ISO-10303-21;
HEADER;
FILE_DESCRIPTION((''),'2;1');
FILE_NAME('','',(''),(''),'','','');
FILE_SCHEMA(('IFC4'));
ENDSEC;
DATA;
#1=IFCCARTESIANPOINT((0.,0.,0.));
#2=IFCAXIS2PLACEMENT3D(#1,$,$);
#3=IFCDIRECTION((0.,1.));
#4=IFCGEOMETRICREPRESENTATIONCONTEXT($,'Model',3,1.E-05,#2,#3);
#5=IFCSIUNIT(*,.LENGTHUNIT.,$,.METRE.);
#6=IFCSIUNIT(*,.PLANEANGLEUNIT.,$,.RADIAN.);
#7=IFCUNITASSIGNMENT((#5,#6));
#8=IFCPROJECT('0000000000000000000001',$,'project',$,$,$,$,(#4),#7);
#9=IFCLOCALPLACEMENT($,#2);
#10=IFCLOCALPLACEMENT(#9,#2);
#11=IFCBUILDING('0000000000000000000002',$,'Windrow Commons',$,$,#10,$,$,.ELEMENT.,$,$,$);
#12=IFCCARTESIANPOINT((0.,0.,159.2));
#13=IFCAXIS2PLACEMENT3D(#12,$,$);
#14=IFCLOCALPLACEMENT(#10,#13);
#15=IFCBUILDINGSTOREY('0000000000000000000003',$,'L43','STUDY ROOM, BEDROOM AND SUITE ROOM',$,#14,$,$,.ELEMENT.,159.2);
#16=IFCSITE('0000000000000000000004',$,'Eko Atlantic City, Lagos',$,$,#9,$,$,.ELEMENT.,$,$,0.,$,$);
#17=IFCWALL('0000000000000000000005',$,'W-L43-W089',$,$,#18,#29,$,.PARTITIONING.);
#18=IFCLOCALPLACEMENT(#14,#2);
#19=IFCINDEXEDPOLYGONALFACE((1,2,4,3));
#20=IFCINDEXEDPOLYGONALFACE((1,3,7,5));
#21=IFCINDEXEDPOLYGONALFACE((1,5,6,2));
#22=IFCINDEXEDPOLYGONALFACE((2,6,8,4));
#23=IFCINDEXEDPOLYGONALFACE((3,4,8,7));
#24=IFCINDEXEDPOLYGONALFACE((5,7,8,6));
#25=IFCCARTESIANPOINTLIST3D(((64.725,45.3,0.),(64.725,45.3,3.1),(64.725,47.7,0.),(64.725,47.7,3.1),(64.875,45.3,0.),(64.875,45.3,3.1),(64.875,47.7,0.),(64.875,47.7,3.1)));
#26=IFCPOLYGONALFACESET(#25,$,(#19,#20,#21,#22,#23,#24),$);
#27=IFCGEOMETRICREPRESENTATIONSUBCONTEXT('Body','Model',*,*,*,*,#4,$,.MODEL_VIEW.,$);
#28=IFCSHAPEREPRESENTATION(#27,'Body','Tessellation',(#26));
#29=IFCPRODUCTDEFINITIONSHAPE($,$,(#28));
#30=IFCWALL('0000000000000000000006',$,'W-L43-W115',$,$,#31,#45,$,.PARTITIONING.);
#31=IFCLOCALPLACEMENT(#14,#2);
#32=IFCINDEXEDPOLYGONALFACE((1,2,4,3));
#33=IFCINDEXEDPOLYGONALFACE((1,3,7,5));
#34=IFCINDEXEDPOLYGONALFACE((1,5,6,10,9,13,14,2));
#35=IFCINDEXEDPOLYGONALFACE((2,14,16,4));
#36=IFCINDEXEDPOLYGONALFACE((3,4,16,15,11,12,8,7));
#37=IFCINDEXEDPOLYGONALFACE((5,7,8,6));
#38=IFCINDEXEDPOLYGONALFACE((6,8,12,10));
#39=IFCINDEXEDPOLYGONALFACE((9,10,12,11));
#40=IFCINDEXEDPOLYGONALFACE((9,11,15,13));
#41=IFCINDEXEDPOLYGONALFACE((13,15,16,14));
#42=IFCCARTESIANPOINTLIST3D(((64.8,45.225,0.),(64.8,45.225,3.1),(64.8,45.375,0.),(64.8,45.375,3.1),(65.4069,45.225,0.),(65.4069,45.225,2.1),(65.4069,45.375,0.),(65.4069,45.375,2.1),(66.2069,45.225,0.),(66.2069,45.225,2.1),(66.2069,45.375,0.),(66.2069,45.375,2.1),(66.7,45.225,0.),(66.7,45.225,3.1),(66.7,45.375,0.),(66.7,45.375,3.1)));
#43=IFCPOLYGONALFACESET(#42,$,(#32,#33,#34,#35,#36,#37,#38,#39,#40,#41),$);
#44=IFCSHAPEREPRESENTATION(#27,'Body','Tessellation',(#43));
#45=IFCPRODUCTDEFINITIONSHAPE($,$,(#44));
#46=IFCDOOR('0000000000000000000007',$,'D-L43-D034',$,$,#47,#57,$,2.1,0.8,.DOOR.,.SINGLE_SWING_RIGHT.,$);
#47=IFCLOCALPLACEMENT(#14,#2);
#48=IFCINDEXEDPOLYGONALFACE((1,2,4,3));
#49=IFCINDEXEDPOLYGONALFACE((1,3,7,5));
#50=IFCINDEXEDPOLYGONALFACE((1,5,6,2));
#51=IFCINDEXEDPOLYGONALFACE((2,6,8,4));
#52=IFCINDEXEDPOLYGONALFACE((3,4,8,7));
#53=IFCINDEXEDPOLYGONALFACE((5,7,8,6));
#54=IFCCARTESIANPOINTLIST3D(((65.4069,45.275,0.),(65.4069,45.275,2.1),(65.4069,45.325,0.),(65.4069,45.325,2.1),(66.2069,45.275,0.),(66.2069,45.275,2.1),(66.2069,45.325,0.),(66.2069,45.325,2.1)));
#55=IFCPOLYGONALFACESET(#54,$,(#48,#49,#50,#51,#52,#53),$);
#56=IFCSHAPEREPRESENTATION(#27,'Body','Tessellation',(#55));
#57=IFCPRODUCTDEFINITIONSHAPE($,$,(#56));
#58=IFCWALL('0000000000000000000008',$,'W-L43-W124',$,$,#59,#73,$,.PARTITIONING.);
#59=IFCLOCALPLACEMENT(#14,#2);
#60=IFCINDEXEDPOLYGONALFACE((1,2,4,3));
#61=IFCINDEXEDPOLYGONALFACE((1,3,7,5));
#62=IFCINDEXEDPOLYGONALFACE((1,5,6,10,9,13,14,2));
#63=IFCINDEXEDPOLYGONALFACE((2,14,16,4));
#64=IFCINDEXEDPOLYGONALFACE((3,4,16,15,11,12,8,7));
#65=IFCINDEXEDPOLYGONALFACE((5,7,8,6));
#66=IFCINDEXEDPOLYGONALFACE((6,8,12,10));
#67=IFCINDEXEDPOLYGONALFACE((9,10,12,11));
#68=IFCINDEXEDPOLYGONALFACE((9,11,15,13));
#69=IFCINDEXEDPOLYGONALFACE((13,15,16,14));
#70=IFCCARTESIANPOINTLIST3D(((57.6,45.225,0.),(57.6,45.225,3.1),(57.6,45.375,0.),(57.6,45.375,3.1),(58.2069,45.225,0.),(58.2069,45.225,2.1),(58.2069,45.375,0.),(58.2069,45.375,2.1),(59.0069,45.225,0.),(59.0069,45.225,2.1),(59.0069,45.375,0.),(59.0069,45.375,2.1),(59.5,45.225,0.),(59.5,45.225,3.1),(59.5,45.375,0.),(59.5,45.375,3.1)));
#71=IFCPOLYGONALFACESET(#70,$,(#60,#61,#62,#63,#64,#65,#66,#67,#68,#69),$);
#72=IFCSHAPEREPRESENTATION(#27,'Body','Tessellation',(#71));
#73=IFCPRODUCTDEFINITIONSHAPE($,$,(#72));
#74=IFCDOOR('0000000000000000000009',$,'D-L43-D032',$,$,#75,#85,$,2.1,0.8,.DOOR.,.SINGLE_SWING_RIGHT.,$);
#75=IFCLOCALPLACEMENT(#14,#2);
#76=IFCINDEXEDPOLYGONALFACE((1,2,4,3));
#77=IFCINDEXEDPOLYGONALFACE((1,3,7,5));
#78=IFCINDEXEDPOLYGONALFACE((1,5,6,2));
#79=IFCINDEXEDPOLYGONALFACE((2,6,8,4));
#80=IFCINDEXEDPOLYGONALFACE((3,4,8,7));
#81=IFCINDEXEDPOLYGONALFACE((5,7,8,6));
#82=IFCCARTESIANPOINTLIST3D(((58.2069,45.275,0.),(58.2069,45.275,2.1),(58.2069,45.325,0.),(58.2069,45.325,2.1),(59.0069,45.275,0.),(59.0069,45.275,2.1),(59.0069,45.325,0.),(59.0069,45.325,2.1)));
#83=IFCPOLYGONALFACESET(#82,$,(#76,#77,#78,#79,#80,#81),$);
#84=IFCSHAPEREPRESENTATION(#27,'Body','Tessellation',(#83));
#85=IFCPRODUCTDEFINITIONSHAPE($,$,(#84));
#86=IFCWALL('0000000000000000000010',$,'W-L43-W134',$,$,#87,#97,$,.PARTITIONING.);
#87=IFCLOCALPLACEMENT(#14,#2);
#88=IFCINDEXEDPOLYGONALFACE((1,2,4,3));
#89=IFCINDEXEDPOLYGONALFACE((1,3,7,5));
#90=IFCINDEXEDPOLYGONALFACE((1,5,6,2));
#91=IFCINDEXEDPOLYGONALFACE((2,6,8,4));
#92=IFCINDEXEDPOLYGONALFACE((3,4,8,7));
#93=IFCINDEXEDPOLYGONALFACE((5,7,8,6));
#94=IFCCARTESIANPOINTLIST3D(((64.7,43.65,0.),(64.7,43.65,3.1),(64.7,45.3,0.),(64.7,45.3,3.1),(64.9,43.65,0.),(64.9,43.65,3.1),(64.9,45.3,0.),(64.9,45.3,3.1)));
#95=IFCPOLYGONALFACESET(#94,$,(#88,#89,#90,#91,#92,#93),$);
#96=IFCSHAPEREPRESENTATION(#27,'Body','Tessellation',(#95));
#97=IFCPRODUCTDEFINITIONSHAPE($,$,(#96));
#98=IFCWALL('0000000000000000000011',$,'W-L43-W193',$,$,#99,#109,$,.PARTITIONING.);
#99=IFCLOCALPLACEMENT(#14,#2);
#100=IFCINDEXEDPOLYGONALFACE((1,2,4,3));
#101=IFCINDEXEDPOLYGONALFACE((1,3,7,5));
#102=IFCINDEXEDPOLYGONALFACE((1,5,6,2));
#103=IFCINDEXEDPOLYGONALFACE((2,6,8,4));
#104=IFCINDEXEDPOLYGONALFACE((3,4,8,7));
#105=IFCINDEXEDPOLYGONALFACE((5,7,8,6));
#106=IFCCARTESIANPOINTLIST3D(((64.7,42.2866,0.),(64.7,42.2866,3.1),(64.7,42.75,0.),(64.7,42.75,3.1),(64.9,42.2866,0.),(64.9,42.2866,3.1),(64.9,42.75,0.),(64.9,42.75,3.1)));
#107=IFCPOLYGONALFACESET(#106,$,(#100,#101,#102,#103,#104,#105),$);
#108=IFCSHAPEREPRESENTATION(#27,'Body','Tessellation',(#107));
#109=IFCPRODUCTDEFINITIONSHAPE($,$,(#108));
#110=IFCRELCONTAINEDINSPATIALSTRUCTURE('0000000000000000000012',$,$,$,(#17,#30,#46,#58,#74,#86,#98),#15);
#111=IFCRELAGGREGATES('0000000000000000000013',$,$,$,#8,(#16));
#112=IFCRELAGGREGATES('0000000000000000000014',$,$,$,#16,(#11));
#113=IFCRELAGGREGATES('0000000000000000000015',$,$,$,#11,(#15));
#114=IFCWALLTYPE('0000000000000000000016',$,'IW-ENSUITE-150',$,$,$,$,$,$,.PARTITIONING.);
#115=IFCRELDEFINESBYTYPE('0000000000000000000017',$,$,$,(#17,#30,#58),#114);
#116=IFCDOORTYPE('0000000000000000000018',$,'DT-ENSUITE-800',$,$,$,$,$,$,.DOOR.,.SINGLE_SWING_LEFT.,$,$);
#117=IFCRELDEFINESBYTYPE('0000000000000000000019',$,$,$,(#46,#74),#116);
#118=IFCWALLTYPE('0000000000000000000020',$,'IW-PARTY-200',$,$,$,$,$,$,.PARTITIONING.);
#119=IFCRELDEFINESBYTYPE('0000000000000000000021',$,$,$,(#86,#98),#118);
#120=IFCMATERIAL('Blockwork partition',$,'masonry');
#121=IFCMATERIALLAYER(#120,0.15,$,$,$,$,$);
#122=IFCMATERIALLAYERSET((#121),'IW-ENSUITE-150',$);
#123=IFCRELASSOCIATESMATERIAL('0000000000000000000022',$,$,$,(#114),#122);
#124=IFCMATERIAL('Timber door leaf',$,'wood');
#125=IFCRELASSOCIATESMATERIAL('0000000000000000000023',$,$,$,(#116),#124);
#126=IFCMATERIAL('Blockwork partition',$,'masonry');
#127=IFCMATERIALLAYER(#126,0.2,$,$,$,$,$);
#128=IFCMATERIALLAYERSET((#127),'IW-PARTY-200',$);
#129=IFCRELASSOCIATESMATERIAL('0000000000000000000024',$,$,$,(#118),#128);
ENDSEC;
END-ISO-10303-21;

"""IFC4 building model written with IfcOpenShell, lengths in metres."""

from ifc_helpers import new_model, si_unit, direction, frame, frame_2d, origin, place, context, subcontext, project, spatial, rectangle, extrude, material, layer, layer_set, type_object, element, fill, save


model = new_model("IFC4")

# Units and contexts
model_context = context("Model", 3, precision=1e-05, world=origin(), true_north=direction((0.0, 1.0)))
body_context = subcontext(model_context, "Body", "Model", "MODEL_VIEW")
ifc_project = project(units=[si_unit("LENGTHUNIT", "METRE"), si_unit("PLANEANGLEUNIT", "RADIAN")], contexts=[model_context])

# Site, building, storey
site_placement = place(None, origin())
site = spatial("IfcSite", under=ifc_project, at=site_placement, Name="Eko Atlantic City, Lagos", CompositionType="ELEMENT", RefElevation=0.0)
building_placement = place(site_placement, origin())
building = spatial("IfcBuilding", under=site, at=building_placement, Name="Windrow Commons", CompositionType="ELEMENT")
storey_placement = place(building_placement, frame((0.0, 0.0, 159.2)))
storey = spatial("IfcBuildingStorey", under=building, at=storey_placement, Name="L43", Description="STUDY ROOM, BEDROOM AND SUITE ROOM", CompositionType="ELEMENT", Elevation=159.2)

# Wall
ifc_material_1 = material(Name="Blockwork partition", Category="masonry")
ifc_layer_1 = layer(ifc_material_1, 0.15)
ifc_layer_set_1 = layer_set([ifc_layer_1], Name="IW-ENSUITE-150")
wall_type_1 = type_object("IfcWallType", Name="IW-ENSUITE-150", PredefinedType="PARTITIONING", material=ifc_layer_set_1)
for number, where, z_axis, x_axis, name in (
    (1, (64.8, 45.3, 0.0), (0.0, 0.0, 1.0), (0.0, 1.0, 0.0), "W-L43-W089"),
):
    element("IfcWall", number, at=place(storey_placement, frame(where, z_axis=z_axis, x_axis=x_axis)), inside=storey, type_object=wall_type_1, Name=name, PredefinedType="PARTITIONING", context=body_context, shape_type="SweptSolid", body=[
        extrude(rectangle(XDim=2.4, YDim=0.15, at=frame_2d((1.2, 0.0))), origin(), (0.0, 0.0, 1.0), 3.1),
    ])

# Walls, openings, doors
wall_1_placement = place(storey_placement, frame((64.8, 45.3, 0.0), z_axis=(0.0, 0.0, 1.0), x_axis=(1.0, 0.0, 0.0)))
wall_1 = element("IfcWall", 2, at=wall_1_placement, inside=storey, type_object=wall_type_1, Name="W-L43-W115", PredefinedType="PARTITIONING", context=body_context, shape_type="SweptSolid", body=[
    extrude(rectangle(XDim=1.9, YDim=0.15, at=frame_2d((0.95, 0.0))), origin(), (0.0, 0.0, 1.0), 3.1),
])
opening_1_placement = place(wall_1_placement, frame((0.6069, 0.0, 0.0)))
opening_1 = element("IfcOpeningElement", 3, at=opening_1_placement, cuts=wall_1, PredefinedType="OPENING", context=body_context, shape_type="SweptSolid", body=[
    extrude(rectangle(XDim=0.8, YDim=2.1, at=frame_2d((0.4, 1.05))), frame((0.0, 0.085, 0.0), z_axis=(0.0, -1.0, 0.0), x_axis=(1.0, 0.0, 0.0)), (0.0, 0.0, 1.0), 0.17),
])
ifc_material_2 = material(Name="Timber door leaf", Category="wood")
door_type = type_object("IfcDoorType", Name="DT-ENSUITE-800", OperationType="SINGLE_SWING_LEFT", PredefinedType="DOOR", material=ifc_material_2)
door_1_placement = place(opening_1_placement, origin())
door_1 = element("IfcDoor", 4, at=door_1_placement, inside=storey, type_object=door_type, Name="D-L43-D034", OperationType="SINGLE_SWING_RIGHT", OverallHeight=2.1, OverallWidth=0.8, PredefinedType="DOOR", context=body_context, shape_type="SweptSolid", body=[
    extrude(rectangle(XDim=0.8, YDim=2.1, at=frame_2d((0.4, 1.05))), frame((0.0, 0.025, 0.0), z_axis=(0.0, -1.0, 0.0), x_axis=(1.0, 0.0, 0.0)), (0.0, 0.0, 1.0), 0.05),
])
fill(opening_1, door_1)
wall_2_placement = place(storey_placement, frame((57.6, 45.3, 0.0), z_axis=(0.0, 0.0, 1.0), x_axis=(1.0, 0.0, 0.0)))
wall_2 = element("IfcWall", 5, at=wall_2_placement, inside=storey, type_object=wall_type_1, Name="W-L43-W124", PredefinedType="PARTITIONING", context=body_context, shape_type="SweptSolid", body=[
    extrude(rectangle(XDim=1.9, YDim=0.15, at=frame_2d((0.95, 0.0))), origin(), (0.0, 0.0, 1.0), 3.1),
])
opening_2_placement = place(wall_2_placement, frame((0.6069, 0.0, 0.0)))
opening_2 = element("IfcOpeningElement", 6, at=opening_2_placement, cuts=wall_2, PredefinedType="OPENING", context=body_context, shape_type="SweptSolid", body=[
    extrude(rectangle(XDim=0.8, YDim=2.1, at=frame_2d((0.4, 1.05))), frame((0.0, 0.085, 0.0), z_axis=(0.0, -1.0, 0.0), x_axis=(1.0, 0.0, 0.0)), (0.0, 0.0, 1.0), 0.17),
])
door_2_placement = place(opening_2_placement, origin())
door_2 = element("IfcDoor", 7, at=door_2_placement, inside=storey, type_object=door_type, Name="D-L43-D032", OperationType="SINGLE_SWING_RIGHT", OverallHeight=2.1, OverallWidth=0.8, PredefinedType="DOOR", context=body_context, shape_type="SweptSolid", body=[
    extrude(rectangle(XDim=0.8, YDim=2.1, at=frame_2d((0.4, 1.05))), frame((0.0, 0.025, 0.0), z_axis=(0.0, -1.0, 0.0), x_axis=(1.0, 0.0, 0.0)), (0.0, 0.0, 1.0), 0.05),
])
fill(opening_2, door_2)

# Walls
ifc_material_3 = material(Name="Blockwork partition", Category="masonry")
ifc_layer_2 = layer(ifc_material_3, 0.2)
ifc_layer_set_2 = layer_set([ifc_layer_2], Name="IW-PARTY-200")
wall_type_2 = type_object("IfcWallType", Name="IW-PARTY-200", PredefinedType="PARTITIONING", material=ifc_layer_set_2)
wall_3_placement = place(storey_placement, frame((64.8, 43.65, 0.0), z_axis=(0.0, 0.0, 1.0), x_axis=(0.0, 1.0, 0.0)))
element("IfcWall", 8, at=wall_3_placement, inside=storey, type_object=wall_type_2, Name="W-L43-W134", PredefinedType="PARTITIONING", context=body_context, shape_type="SweptSolid", body=[
    extrude(rectangle(XDim=1.65, YDim=0.2, at=frame_2d((0.825, 0.0))), origin(), (0.0, 0.0, 1.0), 3.1),
])
wall_4_placement = place(storey_placement, frame((64.8, 42.2866, 0.0), z_axis=(0.0, 0.0, 1.0), x_axis=(0.0, 1.0, 0.0)))
element("IfcWall", 9, at=wall_4_placement, inside=storey, type_object=wall_type_2, Name="W-L43-W193", PredefinedType="PARTITIONING", context=body_context, shape_type="SweptSolid", body=[
    extrude(rectangle(XDim=0.4634, YDim=0.2, at=frame_2d((0.2317, 0.0))), origin(), (0.0, 0.0, 1.0), 3.1),
])

save(model, "model.ifc")
